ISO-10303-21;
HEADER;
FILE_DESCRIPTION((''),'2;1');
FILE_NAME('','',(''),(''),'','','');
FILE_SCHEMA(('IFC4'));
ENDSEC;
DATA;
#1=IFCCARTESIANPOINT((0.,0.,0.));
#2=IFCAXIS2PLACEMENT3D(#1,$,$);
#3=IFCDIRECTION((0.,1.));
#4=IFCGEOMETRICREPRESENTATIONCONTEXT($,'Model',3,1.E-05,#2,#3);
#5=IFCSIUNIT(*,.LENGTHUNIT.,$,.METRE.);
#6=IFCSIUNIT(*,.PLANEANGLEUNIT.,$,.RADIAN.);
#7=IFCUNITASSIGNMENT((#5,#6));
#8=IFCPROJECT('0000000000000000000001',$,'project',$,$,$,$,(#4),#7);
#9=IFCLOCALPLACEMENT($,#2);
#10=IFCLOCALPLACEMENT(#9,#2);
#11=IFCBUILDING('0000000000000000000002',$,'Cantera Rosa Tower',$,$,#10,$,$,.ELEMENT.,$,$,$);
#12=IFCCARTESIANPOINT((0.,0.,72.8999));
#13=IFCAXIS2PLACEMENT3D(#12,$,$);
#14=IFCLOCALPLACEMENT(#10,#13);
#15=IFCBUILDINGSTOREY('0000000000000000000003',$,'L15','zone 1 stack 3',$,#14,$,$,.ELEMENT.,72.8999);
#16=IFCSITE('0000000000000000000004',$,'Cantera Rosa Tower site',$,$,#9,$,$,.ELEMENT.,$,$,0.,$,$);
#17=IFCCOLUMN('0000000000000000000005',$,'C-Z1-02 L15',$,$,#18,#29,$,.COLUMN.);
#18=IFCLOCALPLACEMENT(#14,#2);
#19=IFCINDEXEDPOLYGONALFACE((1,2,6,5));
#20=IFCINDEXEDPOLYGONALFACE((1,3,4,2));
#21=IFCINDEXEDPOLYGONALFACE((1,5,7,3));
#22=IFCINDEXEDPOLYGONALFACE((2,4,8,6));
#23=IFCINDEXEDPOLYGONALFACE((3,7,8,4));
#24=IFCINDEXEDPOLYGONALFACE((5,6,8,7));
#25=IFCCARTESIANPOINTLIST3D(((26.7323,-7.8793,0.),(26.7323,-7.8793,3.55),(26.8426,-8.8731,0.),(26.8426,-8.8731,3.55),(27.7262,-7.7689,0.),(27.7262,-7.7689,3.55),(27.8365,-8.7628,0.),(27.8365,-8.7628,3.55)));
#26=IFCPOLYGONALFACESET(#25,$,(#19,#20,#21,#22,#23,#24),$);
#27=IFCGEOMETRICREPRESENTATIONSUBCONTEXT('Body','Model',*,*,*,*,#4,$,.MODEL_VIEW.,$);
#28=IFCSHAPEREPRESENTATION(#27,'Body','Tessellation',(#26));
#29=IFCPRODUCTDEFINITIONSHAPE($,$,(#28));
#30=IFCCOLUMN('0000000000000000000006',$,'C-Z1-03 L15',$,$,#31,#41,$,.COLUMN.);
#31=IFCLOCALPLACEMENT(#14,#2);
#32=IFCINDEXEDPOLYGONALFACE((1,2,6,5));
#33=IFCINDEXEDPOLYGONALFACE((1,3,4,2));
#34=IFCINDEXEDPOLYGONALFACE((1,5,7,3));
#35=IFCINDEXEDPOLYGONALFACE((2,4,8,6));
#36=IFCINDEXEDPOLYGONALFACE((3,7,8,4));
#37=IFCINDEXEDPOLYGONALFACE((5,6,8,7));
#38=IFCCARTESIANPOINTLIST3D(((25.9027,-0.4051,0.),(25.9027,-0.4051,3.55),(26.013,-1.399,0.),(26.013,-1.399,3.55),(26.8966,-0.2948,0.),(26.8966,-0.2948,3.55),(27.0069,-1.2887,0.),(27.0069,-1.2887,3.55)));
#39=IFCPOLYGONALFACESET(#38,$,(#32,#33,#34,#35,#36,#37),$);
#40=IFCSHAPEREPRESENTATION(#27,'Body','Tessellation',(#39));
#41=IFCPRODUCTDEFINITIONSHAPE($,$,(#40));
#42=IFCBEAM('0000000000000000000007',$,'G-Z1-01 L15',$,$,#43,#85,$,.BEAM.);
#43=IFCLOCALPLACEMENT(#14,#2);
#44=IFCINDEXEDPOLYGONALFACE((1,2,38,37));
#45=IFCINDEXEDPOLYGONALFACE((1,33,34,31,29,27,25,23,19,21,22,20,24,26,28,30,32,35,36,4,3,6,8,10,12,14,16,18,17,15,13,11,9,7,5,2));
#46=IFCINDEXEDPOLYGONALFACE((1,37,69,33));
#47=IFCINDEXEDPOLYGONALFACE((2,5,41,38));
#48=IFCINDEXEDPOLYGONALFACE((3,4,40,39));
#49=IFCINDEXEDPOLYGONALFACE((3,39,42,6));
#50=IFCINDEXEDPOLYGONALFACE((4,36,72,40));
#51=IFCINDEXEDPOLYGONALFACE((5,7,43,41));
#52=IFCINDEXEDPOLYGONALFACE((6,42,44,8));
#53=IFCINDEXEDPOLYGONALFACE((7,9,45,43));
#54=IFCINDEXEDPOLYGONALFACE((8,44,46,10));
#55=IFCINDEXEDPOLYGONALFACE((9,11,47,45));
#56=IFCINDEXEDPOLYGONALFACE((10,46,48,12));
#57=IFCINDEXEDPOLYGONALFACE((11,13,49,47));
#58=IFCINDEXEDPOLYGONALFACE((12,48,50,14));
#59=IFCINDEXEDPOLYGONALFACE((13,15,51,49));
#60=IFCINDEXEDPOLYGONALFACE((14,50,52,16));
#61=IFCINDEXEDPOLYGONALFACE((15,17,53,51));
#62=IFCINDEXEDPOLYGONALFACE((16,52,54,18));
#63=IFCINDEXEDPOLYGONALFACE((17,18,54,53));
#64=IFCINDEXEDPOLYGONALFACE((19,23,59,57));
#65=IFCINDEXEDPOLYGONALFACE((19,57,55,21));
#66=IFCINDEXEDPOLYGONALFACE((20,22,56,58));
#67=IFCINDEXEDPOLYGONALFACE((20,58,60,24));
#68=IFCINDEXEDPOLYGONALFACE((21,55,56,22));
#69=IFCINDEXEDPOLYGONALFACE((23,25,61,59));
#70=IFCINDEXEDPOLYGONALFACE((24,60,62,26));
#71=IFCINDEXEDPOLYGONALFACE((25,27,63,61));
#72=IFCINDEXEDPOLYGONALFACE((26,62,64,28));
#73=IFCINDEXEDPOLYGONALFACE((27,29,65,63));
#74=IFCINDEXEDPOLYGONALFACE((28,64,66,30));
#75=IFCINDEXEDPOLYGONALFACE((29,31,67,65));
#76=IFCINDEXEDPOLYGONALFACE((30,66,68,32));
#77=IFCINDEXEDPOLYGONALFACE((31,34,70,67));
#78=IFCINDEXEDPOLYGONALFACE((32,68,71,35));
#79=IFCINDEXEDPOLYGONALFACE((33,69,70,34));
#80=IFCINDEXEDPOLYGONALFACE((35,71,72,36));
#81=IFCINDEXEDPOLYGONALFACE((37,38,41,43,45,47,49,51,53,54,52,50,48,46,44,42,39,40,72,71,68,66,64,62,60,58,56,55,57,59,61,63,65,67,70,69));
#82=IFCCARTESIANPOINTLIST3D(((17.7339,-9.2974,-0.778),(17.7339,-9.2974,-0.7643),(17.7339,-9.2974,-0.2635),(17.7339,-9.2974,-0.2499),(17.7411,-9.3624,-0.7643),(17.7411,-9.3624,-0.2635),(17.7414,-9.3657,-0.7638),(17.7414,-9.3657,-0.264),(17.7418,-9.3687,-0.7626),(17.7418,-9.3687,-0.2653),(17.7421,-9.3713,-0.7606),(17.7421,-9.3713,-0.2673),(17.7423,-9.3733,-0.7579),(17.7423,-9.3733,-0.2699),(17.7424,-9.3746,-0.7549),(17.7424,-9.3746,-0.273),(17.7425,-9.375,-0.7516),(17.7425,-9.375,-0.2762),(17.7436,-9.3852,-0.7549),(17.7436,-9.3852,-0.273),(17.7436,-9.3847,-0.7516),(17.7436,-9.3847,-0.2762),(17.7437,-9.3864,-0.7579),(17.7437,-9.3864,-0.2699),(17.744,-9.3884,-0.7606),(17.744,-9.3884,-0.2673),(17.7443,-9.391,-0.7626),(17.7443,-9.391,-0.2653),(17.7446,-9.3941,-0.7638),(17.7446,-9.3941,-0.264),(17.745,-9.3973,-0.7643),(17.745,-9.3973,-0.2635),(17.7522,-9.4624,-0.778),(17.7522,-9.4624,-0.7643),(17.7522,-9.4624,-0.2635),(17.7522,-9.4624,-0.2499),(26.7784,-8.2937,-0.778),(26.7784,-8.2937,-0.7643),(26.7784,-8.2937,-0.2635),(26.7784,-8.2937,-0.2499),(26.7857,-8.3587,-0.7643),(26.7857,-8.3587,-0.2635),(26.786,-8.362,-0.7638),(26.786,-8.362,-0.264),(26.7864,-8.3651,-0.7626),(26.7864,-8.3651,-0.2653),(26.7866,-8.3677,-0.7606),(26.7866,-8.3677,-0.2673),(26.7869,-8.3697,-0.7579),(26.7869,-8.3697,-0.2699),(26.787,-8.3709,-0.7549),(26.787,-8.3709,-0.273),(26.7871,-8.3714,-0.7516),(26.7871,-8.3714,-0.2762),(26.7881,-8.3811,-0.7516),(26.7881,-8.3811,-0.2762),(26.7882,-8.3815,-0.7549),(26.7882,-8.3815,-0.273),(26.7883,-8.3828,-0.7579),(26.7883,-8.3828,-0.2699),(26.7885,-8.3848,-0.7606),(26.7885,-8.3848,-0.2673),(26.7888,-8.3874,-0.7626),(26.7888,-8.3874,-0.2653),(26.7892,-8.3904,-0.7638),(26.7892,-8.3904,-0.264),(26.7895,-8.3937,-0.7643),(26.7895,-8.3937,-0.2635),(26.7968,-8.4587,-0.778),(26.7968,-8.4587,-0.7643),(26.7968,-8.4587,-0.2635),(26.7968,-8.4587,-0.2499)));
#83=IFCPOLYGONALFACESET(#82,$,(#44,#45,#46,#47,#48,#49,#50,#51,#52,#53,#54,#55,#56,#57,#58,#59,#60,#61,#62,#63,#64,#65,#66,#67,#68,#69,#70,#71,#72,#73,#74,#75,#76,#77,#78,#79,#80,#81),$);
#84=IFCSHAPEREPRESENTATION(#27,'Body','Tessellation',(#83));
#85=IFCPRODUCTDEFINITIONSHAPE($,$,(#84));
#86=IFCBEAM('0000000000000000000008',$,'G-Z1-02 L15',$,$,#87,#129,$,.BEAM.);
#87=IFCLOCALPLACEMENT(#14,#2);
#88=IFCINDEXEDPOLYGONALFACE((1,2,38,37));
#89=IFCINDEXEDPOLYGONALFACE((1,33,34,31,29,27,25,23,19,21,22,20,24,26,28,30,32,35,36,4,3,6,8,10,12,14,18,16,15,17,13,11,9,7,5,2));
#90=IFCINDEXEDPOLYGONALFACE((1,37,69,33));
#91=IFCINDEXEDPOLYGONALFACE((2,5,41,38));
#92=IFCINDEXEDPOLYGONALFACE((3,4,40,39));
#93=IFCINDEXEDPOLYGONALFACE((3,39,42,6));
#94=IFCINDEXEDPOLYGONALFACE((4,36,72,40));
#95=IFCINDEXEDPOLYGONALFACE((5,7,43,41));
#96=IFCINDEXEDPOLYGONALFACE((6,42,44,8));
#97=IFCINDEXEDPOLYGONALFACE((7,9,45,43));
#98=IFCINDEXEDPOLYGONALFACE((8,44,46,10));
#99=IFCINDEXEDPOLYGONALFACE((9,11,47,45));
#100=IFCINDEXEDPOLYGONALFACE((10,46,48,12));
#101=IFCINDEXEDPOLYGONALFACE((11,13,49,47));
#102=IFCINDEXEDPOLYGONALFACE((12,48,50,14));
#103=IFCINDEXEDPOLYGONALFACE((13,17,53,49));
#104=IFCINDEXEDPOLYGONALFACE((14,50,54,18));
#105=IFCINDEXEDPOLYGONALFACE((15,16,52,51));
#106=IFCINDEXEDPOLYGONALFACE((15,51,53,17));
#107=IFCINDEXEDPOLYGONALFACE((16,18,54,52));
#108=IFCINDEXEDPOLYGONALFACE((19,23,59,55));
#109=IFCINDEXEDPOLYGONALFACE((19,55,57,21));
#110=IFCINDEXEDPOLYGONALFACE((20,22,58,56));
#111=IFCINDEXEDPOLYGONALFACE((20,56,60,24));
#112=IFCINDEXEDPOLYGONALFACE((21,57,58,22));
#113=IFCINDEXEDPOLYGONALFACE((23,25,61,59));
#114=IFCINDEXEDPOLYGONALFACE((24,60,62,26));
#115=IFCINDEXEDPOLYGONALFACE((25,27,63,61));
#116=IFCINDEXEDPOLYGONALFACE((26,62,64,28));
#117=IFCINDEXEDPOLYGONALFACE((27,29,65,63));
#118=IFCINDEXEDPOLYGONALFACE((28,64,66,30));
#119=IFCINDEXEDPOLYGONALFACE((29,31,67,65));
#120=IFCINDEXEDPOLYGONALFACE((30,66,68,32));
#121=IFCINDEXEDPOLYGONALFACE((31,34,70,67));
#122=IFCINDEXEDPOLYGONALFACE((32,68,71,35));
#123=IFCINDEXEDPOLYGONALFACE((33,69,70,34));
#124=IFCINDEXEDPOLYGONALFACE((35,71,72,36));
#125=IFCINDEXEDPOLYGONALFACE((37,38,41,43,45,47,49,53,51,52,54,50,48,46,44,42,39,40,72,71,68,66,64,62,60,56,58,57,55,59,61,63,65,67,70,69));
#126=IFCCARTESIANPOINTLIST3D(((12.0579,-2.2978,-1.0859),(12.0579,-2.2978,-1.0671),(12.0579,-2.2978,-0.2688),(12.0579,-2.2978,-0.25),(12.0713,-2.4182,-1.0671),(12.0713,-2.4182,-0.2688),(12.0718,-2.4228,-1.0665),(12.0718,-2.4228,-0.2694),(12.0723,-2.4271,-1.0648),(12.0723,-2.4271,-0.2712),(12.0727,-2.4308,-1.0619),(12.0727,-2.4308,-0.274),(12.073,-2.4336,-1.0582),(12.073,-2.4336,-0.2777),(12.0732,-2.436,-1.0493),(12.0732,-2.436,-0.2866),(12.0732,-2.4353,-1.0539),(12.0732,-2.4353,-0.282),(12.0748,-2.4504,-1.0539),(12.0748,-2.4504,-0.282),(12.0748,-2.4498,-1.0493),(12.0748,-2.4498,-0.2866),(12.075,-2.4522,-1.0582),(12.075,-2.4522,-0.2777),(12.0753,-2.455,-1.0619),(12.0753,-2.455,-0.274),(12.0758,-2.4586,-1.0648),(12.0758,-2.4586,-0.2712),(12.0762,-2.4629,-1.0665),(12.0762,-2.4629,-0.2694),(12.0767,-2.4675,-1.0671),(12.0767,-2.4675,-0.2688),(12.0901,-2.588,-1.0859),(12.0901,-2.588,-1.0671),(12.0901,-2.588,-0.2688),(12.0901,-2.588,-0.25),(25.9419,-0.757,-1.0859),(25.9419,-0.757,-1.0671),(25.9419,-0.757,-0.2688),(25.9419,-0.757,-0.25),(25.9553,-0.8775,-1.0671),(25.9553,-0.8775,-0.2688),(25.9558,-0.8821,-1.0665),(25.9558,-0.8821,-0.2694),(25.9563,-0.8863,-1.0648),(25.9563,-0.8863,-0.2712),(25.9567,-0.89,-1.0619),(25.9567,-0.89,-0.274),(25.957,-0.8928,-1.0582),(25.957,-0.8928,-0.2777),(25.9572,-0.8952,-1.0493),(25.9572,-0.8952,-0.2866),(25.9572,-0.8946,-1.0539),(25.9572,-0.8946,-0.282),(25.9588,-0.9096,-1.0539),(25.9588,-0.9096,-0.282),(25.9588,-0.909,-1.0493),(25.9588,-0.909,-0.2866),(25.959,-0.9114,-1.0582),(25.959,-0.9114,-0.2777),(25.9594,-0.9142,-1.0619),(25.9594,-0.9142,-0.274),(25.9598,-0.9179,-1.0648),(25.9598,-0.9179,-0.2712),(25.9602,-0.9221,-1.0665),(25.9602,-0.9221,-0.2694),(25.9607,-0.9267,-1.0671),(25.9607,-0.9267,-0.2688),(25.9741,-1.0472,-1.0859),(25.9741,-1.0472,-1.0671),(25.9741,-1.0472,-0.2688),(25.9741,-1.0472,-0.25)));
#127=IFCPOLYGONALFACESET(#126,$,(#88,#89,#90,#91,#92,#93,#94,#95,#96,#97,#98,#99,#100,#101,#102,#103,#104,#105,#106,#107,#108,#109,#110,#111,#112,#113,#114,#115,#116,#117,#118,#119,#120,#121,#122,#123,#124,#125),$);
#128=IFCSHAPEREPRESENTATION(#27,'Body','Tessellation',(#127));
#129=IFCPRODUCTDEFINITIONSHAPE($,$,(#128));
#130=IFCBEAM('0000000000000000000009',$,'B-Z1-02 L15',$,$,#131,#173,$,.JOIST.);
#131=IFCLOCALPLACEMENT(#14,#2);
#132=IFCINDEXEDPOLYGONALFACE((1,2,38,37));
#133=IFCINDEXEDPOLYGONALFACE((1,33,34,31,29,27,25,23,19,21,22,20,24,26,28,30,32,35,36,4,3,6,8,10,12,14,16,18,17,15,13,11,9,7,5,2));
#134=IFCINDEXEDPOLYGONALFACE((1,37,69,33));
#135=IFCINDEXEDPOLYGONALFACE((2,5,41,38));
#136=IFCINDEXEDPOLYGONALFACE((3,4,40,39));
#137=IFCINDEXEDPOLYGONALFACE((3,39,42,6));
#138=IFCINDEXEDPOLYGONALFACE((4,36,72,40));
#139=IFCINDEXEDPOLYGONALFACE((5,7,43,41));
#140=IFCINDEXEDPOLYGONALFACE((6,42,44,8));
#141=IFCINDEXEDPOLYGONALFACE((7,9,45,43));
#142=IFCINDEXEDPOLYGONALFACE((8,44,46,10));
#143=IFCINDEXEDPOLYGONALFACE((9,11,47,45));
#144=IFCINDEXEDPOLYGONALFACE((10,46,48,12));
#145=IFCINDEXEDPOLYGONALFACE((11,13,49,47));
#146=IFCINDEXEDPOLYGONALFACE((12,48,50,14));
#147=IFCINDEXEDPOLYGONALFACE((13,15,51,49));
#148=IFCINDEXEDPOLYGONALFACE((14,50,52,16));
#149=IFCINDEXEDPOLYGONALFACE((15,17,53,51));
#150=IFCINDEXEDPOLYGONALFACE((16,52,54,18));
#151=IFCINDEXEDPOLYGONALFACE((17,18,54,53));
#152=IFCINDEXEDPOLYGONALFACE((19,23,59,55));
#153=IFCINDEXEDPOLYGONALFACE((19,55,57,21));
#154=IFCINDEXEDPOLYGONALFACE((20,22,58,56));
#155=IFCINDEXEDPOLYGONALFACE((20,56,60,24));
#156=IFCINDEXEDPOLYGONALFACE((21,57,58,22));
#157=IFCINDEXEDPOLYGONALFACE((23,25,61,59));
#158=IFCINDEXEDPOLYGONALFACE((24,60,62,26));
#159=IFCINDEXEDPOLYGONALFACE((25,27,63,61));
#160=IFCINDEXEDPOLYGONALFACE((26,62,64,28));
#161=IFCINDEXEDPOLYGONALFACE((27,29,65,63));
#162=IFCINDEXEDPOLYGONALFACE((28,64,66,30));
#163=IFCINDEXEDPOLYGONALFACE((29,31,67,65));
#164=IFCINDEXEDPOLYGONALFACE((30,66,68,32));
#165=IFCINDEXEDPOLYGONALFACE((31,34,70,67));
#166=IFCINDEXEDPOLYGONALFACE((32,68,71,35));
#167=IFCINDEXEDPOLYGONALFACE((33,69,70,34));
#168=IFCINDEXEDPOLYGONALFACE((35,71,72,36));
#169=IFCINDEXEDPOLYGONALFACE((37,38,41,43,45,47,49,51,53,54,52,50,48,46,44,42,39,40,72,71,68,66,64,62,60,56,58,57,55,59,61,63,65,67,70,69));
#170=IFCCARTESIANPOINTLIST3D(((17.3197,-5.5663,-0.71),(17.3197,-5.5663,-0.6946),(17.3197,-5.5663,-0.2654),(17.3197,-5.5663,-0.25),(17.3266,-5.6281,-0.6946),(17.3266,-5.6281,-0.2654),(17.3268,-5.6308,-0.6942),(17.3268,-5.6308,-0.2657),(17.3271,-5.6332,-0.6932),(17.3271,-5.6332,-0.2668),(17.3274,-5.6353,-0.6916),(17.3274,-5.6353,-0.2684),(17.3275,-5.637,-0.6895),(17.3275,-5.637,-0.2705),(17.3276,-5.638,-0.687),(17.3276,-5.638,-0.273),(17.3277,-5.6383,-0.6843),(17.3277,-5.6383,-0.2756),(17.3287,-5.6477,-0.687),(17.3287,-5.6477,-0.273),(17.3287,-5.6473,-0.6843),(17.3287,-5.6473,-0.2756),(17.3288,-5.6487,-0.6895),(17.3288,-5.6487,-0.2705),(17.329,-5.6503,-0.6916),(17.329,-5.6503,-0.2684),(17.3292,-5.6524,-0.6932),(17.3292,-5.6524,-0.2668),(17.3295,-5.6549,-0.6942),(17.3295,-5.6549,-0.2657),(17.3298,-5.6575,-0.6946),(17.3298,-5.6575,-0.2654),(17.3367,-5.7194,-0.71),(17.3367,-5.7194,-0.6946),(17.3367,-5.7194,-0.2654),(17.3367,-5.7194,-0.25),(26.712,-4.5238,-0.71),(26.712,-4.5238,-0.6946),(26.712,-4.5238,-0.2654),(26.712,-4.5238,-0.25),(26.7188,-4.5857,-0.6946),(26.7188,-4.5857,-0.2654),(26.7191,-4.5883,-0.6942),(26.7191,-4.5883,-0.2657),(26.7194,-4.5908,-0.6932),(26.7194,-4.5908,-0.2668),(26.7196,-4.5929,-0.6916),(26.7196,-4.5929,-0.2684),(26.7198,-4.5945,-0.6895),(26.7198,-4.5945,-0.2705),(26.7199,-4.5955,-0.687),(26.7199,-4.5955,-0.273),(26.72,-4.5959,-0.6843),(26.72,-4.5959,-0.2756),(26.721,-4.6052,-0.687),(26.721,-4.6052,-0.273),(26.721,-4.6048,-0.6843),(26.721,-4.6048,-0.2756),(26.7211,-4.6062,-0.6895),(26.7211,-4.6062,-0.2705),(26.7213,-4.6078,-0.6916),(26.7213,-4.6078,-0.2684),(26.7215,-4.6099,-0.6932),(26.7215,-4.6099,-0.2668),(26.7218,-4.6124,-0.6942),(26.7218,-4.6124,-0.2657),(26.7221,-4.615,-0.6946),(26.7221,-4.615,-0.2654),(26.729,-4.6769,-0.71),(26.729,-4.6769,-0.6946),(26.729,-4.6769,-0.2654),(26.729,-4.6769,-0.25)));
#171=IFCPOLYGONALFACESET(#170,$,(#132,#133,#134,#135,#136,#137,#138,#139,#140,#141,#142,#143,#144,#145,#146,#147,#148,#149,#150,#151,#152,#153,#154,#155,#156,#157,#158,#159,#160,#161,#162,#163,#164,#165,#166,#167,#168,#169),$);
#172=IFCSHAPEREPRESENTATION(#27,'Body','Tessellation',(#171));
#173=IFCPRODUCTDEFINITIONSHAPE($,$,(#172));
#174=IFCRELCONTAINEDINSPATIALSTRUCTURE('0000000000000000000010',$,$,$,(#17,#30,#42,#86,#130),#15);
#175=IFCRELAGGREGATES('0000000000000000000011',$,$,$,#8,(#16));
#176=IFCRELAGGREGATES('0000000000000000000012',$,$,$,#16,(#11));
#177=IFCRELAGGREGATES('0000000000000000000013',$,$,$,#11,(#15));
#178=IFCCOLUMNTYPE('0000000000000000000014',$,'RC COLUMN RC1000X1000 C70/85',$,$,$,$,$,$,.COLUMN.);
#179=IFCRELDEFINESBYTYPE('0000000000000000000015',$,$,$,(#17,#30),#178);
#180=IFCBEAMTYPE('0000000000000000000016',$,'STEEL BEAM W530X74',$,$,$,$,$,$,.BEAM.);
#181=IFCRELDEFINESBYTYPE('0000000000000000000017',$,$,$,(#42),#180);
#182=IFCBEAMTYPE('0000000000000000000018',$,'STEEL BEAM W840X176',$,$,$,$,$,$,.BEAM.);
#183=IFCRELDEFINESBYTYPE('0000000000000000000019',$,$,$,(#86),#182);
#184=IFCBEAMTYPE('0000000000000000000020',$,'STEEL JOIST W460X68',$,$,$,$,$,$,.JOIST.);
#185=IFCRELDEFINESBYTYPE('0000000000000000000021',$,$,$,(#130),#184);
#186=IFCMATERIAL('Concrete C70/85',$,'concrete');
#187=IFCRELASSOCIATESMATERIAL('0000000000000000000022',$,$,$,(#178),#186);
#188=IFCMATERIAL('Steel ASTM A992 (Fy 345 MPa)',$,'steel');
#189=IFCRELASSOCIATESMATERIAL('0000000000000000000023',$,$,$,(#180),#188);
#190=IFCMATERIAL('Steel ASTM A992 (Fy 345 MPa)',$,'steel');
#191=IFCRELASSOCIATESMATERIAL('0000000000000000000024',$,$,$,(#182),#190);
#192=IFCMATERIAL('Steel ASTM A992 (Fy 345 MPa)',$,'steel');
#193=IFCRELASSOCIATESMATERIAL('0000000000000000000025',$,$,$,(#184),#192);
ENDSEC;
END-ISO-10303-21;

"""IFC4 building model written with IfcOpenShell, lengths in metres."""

from ifc_helpers import new_model, si_unit, direction, frame, origin, origin_2d, place, context, subcontext, project, spatial, rectangle, i_section, extrude, material, material_profile, profile_set, type_object, element, save


model = new_model("IFC4")

# Units and contexts
model_context = context("Model", 3, precision=1e-05, world=origin(), true_north=direction((0.0, 1.0)))
body_context = subcontext(model_context, "Body", "Model", "MODEL_VIEW")
ifc_project = project(units=[si_unit("LENGTHUNIT", "METRE"), si_unit("PLANEANGLEUNIT", "RADIAN")], contexts=[model_context])

# Site, building, storey
site_placement = place(None, origin())
site = spatial("IfcSite", under=ifc_project, at=site_placement, Name="Cantera Rosa Tower site", CompositionType="ELEMENT", RefElevation=0.0)
building_placement = place(site_placement, origin())
building = spatial("IfcBuilding", under=site, at=building_placement, Name="Cantera Rosa Tower", CompositionType="ELEMENT")
storey_placement = place(building_placement, frame((0.0, 0.0, 72.8999)))
storey = spatial("IfcBuildingStorey", under=building, at=storey_placement, Name="L15", Description="zone 1 stack 3", CompositionType="ELEMENT", Elevation=72.8999)

# Columns
ifc_material_1 = material(Name="Concrete C70/85", Category="concrete")
ifc_material_profile_1 = material_profile(ifc_material_1, rectangle(XDim=1.0, YDim=1.0, at=origin_2d()), Name="RC COLUMN RC1000X1000 C70/85")
ifc_profile_set_1 = profile_set([ifc_material_profile_1], Name="Concrete C70/85")
column_type = type_object("IfcColumnType", Name="RC COLUMN RC1000X1000 C70/85", PredefinedType="COLUMN", material=ifc_profile_set_1)
for number, where, z_axis, x_axis, name in (
    (1, (27.2844, -8.321, 0.0), (0.0, 0.0, 1.0), (0.993897, 0.110313, 0.0), "C-Z1-02 L15"),
    (2, (26.4548, -0.8469, 0.0), (0.0, 0.0, 1.0), (0.993897, 0.110313, 0.0), "C-Z1-03 L15"),
):
    element("IfcColumn", number, at=place(storey_placement, frame(where, z_axis=z_axis, x_axis=x_axis)), inside=storey, type_object=column_type, Name=name, PredefinedType="COLUMN", context=body_context, shape_type="SweptSolid", body=[
        extrude(rectangle(XDim=1.0, YDim=1.0, at=origin_2d()), origin(), (0.0, 0.0, 1.0), 3.55),
    ])

# Beams
ifc_material_2 = material(Name="Steel ASTM A992 (Fy 345 MPa)", Category="steel")
ifc_material_profile_2 = material_profile(ifc_material_2, i_section(OverallWidth=0.166, OverallDepth=0.5281, WebThickness=0.0098, FlangeThickness=0.0137, FilletRadius=0.0127, at=origin_2d()), Name="W530X74")
ifc_profile_set_2 = profile_set([ifc_material_profile_2], Name="Steel ASTM A992 (Fy 345 MPa)")
beam_type_1 = type_object("IfcBeamType", Name="STEEL BEAM W530X74", PredefinedType="BEAM", material=ifc_profile_set_2)
beam_1_placement = place(storey_placement, frame((26.7876, -8.3762, -0.5139), z_axis=(-0.993899, -0.11029, 0.0), x_axis=(0.11029, -0.993899, 0.0)))
element("IfcBeam", 3, at=beam_1_placement, inside=storey, type_object=beam_type_1, Name="G-Z1-01 L15", PredefinedType="BEAM", context=body_context, shape_type="SweptSolid", body=[
    extrude(i_section(OverallWidth=0.166, OverallDepth=0.5281, WebThickness=0.0098, FlangeThickness=0.0137, FilletRadius=0.0127, at=origin_2d()), origin(), (0.0, 0.0, 1.0), 9.1001),
])
ifc_material_3 = material(Name="Steel ASTM A992 (Fy 345 MPa)", Category="steel")
ifc_material_profile_3 = material_profile(ifc_material_3, i_section(OverallWidth=0.292, OverallDepth=0.8359, WebThickness=0.0139, FlangeThickness=0.0188, FilletRadius=0.0178, at=origin_2d()), Name="W840X176")
ifc_profile_set_3 = profile_set([ifc_material_profile_3], Name="Steel ASTM A992 (Fy 345 MPa)")
beam_type_2 = type_object("IfcBeamType", Name="STEEL BEAM W840X176", PredefinedType="BEAM", material=ifc_profile_set_3)
beam_2_placement = place(storey_placement, frame((25.958, -0.9021, -0.668), z_axis=(-0.993899, -0.110297, 0.0), x_axis=(0.110297, -0.993899, 0.0)))
element("IfcBeam", 4, at=beam_2_placement, inside=storey, type_object=beam_type_2, Name="G-Z1-02 L15", PredefinedType="BEAM", context=body_context, shape_type="SweptSolid", body=[
    extrude(i_section(OverallWidth=0.292, OverallDepth=0.8359, WebThickness=0.0139, FlangeThickness=0.0188, FilletRadius=0.0178, at=origin_2d()), origin(), (0.0, 0.0, 1.0), 13.9692),
])
ifc_material_4 = material(Name="Steel ASTM A992 (Fy 345 MPa)", Category="steel")
ifc_material_profile_4 = material_profile(ifc_material_4, i_section(OverallWidth=0.1541, OverallDepth=0.46, WebThickness=0.009, FlangeThickness=0.0154, FilletRadius=0.0103, at=origin_2d()), Name="W460X68")
ifc_profile_set_4 = profile_set([ifc_material_profile_4], Name="Steel ASTM A992 (Fy 345 MPa)")
beam_type_3 = type_object("IfcBeamType", Name="STEEL JOIST W460X68", PredefinedType="JOIST", material=ifc_profile_set_4)
beam_3_placement = place(storey_placement, frame((26.7205, -4.6003, -0.48), z_axis=(-0.993897, -0.110315, 0.0), x_axis=(0.110315, -0.993897, 0.0)))
element("IfcBeam", 5, at=beam_3_placement, inside=storey, type_object=beam_type_3, Name="B-Z1-02 L15", PredefinedType="JOIST", context=body_context, shape_type="SweptSolid", body=[
    extrude(i_section(OverallWidth=0.1541, OverallDepth=0.46, WebThickness=0.009, FlangeThickness=0.0154, FilletRadius=0.0103, at=origin_2d()), origin(), (0.0, 0.0, 1.0), 9.45),
])

save(model, "model.ifc")
